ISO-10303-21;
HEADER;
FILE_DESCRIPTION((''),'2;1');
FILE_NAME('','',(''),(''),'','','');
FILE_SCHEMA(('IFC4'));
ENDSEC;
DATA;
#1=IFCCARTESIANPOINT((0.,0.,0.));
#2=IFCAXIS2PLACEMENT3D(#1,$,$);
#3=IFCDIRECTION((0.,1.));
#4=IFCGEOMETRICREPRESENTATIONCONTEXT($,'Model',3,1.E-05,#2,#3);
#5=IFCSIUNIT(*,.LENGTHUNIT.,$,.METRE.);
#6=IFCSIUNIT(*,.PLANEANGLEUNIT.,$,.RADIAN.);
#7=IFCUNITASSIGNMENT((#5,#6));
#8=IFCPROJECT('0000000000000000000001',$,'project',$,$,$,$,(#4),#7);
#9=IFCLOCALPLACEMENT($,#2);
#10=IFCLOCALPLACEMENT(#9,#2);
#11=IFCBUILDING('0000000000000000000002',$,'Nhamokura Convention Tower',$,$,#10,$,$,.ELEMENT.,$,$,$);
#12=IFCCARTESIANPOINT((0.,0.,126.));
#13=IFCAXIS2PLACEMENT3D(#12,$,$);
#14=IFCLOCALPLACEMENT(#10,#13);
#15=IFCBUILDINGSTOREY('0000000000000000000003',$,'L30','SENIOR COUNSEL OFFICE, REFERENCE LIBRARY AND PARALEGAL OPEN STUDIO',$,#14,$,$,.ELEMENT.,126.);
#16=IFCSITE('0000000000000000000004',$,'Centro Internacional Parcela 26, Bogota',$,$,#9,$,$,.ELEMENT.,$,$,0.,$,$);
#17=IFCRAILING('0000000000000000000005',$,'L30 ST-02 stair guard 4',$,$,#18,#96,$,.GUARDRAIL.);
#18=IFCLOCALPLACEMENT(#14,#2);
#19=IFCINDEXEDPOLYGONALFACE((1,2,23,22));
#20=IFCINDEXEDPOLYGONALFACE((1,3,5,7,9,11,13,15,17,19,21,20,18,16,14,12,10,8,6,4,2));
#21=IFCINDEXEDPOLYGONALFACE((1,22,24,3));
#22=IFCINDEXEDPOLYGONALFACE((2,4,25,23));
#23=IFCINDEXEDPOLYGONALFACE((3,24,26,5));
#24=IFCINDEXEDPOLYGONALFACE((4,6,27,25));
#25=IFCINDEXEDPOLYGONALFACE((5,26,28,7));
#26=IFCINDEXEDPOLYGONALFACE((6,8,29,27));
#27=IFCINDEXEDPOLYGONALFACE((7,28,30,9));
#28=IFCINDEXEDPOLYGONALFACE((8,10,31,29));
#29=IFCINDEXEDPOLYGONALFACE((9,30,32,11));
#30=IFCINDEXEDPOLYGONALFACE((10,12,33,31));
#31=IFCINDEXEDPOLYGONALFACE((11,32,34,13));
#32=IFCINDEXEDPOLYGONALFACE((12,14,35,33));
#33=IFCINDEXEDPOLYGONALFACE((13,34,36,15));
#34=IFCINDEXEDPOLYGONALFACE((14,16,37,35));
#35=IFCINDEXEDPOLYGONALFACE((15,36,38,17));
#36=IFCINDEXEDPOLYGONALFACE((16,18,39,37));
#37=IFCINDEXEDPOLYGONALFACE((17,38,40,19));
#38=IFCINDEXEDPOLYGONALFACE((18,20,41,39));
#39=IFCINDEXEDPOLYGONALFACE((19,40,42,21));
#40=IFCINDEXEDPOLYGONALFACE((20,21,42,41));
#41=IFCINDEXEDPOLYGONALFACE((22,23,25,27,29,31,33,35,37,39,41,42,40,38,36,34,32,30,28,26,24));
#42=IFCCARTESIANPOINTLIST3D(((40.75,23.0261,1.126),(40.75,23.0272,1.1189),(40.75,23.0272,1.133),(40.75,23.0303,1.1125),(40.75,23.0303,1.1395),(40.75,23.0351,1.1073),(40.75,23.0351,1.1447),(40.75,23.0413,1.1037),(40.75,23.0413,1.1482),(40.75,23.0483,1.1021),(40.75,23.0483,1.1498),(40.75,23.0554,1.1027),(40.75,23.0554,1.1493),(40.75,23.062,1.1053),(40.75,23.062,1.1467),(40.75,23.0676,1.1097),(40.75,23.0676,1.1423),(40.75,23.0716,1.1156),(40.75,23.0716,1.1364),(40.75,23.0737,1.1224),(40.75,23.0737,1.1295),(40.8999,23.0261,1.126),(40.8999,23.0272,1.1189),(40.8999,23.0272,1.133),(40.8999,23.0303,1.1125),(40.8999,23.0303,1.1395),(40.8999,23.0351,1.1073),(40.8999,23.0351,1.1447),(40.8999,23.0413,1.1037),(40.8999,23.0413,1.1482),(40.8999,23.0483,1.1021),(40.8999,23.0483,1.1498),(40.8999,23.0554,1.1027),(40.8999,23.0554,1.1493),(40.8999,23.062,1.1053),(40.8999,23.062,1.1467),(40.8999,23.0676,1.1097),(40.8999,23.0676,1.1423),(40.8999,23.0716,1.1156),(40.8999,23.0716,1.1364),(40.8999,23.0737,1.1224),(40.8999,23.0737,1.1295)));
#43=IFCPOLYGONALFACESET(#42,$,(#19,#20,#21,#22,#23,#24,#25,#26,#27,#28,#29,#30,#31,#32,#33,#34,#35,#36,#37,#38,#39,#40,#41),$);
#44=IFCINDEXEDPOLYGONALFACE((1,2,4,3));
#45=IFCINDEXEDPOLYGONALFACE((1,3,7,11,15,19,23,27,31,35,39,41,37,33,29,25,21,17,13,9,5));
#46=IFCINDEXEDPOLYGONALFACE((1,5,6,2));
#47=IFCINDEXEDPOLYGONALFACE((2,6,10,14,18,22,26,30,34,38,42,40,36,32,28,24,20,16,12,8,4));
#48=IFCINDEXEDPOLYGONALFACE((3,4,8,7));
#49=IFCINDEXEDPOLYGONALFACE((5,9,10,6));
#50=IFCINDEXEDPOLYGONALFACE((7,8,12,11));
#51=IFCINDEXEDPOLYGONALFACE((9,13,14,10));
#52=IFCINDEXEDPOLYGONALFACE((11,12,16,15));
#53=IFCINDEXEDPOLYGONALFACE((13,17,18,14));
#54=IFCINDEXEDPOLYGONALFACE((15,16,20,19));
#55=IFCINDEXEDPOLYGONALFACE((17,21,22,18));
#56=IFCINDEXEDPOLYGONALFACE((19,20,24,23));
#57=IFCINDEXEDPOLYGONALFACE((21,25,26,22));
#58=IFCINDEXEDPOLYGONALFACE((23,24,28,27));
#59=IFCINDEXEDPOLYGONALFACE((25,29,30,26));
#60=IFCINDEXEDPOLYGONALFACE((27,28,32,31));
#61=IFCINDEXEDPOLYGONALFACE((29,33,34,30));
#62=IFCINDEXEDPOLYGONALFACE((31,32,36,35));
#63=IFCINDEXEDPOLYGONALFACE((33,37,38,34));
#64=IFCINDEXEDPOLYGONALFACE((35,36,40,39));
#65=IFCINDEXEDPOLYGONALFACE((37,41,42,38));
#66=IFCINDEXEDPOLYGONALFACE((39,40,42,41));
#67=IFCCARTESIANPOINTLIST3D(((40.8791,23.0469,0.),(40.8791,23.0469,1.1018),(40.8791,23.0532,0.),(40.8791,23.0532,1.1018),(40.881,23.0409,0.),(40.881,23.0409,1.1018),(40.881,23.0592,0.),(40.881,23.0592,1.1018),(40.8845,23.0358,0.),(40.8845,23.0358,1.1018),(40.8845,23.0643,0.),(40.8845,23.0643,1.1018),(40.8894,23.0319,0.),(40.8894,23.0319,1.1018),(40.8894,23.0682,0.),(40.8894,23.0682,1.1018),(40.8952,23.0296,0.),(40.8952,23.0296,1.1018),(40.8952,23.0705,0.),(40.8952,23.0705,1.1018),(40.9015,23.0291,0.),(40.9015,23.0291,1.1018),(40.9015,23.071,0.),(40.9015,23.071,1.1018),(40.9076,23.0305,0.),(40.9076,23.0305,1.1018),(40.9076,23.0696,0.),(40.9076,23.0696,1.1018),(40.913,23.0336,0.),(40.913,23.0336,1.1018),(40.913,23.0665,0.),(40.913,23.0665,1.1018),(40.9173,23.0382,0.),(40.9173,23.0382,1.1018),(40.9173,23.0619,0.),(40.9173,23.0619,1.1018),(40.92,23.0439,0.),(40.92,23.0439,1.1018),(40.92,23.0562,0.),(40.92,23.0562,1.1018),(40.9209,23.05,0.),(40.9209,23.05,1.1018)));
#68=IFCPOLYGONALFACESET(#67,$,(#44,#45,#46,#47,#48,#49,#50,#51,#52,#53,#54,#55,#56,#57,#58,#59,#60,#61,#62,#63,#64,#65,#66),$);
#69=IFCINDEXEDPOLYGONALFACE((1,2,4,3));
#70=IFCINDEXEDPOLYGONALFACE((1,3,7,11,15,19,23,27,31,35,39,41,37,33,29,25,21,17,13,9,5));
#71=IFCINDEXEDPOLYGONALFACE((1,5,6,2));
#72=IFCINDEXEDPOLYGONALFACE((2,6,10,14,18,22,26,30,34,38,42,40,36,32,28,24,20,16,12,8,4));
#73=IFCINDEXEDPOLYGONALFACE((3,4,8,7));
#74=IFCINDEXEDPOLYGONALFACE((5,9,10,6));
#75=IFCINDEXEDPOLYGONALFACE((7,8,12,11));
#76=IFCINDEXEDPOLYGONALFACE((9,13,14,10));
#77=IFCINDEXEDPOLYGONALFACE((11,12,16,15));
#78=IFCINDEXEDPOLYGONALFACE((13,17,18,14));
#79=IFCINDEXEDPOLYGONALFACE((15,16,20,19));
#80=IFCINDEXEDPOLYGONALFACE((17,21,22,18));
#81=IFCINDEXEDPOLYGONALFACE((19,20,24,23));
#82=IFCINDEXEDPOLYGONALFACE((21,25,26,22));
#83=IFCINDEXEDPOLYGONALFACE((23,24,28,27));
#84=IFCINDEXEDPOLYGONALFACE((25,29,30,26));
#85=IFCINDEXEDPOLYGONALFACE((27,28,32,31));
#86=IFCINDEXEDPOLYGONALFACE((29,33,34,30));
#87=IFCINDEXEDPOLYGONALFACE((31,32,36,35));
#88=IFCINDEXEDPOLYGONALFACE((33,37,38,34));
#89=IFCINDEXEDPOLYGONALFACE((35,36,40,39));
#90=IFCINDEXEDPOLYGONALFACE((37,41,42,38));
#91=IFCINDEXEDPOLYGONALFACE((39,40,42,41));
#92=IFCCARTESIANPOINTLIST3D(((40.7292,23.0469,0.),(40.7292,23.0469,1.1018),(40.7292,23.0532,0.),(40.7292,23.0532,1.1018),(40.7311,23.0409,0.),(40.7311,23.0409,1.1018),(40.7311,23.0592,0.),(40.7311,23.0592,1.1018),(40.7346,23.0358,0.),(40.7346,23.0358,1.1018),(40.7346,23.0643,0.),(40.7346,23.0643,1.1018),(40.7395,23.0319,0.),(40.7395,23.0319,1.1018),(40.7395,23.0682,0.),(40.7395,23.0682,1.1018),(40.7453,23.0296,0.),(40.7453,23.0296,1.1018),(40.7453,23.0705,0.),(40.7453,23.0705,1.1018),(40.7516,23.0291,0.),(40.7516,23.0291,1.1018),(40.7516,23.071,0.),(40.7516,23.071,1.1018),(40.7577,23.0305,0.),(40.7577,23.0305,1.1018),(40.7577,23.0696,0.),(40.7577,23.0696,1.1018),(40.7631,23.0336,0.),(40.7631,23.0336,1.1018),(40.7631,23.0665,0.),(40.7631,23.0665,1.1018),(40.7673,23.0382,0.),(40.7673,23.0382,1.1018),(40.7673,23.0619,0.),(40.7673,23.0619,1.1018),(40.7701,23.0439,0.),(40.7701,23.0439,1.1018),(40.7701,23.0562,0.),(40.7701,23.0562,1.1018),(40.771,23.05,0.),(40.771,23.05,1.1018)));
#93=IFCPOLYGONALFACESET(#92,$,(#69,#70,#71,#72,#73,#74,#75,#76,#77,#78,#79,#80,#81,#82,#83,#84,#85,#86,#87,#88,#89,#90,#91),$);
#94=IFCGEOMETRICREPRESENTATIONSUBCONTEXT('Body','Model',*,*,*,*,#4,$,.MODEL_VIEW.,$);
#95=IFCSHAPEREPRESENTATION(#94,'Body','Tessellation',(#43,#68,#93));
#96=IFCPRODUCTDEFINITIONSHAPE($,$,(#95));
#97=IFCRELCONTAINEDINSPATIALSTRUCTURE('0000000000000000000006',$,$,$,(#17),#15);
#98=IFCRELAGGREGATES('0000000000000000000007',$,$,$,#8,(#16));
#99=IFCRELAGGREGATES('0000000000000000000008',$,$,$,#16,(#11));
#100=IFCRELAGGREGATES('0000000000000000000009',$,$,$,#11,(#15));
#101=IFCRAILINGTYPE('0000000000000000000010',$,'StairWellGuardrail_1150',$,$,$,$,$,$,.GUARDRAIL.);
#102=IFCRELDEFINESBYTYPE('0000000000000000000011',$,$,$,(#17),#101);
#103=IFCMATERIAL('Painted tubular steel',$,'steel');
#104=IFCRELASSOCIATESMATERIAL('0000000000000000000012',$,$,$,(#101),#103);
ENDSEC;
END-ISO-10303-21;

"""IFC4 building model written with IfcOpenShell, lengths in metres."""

from ifc_helpers import new_model, si_unit, direction, frame, origin, origin_2d, place, context, subcontext, project, spatial, circle, extrude, material, type_object, element, save


model = new_model("IFC4")

# Units and contexts
model_context = context("Model", 3, precision=1e-05, world=origin(), true_north=direction((0.0, 1.0)))
body_context = subcontext(model_context, "Body", "Model", "MODEL_VIEW")
ifc_project = project(units=[si_unit("LENGTHUNIT", "METRE"), si_unit("PLANEANGLEUNIT", "RADIAN")], contexts=[model_context])

# Site, building, storey
site_placement = place(None, origin())
site = spatial("IfcSite", under=ifc_project, at=site_placement, Name="Centro Internacional Parcela 26, Bogota", CompositionType="ELEMENT", RefElevation=0.0)
building_placement = place(site_placement, origin())
building = spatial("IfcBuilding", under=site, at=building_placement, Name="Nhamokura Convention Tower", CompositionType="ELEMENT")
storey_placement = place(building_placement, frame((0.0, 0.0, 126.0)))
storey = spatial("IfcBuildingStorey", under=building, at=storey_placement, Name="L30", Description="SENIOR COUNSEL OFFICE, REFERENCE LIBRARY AND PARALEGAL OPEN STUDIO", CompositionType="ELEMENT", Elevation=126.0)

# Railing
ifc_material_1 = material(Name="Painted tubular steel", Category="steel")
railing_type_1 = type_object("IfcRailingType", Name="StairWellGuardrail_1150", PredefinedType="GUARDRAIL", material=ifc_material_1)
railing_1_placement = place(storey_placement, frame((40.8999, 23.05, 0.0)))
element("IfcRailing", 1, at=railing_1_placement, inside=storey, type_object=railing_type_1, Name="L30 ST-02 stair guard 4", PredefinedType="GUARDRAIL", context=body_context, shape_type="SweptSolid", body=[
    extrude(circle(Radius=0.0239, at=origin_2d()), frame((0.0, 0.0, 1.126), z_axis=(-1.0, 0.0, 0.0), x_axis=(0.0, -1.0, 0.0)), (0.0, 0.0, 1.0), 0.1499),
    extrude(circle(Radius=0.021, at=origin_2d()), origin(), (0.0, 0.0, 1.0), 1.1018),
    extrude(circle(Radius=0.021, at=origin_2d()), frame((-0.1499, 0.0, 0.0)), (0.0, 0.0, 1.0), 1.1018),
])

save(model, "model.ifc")
